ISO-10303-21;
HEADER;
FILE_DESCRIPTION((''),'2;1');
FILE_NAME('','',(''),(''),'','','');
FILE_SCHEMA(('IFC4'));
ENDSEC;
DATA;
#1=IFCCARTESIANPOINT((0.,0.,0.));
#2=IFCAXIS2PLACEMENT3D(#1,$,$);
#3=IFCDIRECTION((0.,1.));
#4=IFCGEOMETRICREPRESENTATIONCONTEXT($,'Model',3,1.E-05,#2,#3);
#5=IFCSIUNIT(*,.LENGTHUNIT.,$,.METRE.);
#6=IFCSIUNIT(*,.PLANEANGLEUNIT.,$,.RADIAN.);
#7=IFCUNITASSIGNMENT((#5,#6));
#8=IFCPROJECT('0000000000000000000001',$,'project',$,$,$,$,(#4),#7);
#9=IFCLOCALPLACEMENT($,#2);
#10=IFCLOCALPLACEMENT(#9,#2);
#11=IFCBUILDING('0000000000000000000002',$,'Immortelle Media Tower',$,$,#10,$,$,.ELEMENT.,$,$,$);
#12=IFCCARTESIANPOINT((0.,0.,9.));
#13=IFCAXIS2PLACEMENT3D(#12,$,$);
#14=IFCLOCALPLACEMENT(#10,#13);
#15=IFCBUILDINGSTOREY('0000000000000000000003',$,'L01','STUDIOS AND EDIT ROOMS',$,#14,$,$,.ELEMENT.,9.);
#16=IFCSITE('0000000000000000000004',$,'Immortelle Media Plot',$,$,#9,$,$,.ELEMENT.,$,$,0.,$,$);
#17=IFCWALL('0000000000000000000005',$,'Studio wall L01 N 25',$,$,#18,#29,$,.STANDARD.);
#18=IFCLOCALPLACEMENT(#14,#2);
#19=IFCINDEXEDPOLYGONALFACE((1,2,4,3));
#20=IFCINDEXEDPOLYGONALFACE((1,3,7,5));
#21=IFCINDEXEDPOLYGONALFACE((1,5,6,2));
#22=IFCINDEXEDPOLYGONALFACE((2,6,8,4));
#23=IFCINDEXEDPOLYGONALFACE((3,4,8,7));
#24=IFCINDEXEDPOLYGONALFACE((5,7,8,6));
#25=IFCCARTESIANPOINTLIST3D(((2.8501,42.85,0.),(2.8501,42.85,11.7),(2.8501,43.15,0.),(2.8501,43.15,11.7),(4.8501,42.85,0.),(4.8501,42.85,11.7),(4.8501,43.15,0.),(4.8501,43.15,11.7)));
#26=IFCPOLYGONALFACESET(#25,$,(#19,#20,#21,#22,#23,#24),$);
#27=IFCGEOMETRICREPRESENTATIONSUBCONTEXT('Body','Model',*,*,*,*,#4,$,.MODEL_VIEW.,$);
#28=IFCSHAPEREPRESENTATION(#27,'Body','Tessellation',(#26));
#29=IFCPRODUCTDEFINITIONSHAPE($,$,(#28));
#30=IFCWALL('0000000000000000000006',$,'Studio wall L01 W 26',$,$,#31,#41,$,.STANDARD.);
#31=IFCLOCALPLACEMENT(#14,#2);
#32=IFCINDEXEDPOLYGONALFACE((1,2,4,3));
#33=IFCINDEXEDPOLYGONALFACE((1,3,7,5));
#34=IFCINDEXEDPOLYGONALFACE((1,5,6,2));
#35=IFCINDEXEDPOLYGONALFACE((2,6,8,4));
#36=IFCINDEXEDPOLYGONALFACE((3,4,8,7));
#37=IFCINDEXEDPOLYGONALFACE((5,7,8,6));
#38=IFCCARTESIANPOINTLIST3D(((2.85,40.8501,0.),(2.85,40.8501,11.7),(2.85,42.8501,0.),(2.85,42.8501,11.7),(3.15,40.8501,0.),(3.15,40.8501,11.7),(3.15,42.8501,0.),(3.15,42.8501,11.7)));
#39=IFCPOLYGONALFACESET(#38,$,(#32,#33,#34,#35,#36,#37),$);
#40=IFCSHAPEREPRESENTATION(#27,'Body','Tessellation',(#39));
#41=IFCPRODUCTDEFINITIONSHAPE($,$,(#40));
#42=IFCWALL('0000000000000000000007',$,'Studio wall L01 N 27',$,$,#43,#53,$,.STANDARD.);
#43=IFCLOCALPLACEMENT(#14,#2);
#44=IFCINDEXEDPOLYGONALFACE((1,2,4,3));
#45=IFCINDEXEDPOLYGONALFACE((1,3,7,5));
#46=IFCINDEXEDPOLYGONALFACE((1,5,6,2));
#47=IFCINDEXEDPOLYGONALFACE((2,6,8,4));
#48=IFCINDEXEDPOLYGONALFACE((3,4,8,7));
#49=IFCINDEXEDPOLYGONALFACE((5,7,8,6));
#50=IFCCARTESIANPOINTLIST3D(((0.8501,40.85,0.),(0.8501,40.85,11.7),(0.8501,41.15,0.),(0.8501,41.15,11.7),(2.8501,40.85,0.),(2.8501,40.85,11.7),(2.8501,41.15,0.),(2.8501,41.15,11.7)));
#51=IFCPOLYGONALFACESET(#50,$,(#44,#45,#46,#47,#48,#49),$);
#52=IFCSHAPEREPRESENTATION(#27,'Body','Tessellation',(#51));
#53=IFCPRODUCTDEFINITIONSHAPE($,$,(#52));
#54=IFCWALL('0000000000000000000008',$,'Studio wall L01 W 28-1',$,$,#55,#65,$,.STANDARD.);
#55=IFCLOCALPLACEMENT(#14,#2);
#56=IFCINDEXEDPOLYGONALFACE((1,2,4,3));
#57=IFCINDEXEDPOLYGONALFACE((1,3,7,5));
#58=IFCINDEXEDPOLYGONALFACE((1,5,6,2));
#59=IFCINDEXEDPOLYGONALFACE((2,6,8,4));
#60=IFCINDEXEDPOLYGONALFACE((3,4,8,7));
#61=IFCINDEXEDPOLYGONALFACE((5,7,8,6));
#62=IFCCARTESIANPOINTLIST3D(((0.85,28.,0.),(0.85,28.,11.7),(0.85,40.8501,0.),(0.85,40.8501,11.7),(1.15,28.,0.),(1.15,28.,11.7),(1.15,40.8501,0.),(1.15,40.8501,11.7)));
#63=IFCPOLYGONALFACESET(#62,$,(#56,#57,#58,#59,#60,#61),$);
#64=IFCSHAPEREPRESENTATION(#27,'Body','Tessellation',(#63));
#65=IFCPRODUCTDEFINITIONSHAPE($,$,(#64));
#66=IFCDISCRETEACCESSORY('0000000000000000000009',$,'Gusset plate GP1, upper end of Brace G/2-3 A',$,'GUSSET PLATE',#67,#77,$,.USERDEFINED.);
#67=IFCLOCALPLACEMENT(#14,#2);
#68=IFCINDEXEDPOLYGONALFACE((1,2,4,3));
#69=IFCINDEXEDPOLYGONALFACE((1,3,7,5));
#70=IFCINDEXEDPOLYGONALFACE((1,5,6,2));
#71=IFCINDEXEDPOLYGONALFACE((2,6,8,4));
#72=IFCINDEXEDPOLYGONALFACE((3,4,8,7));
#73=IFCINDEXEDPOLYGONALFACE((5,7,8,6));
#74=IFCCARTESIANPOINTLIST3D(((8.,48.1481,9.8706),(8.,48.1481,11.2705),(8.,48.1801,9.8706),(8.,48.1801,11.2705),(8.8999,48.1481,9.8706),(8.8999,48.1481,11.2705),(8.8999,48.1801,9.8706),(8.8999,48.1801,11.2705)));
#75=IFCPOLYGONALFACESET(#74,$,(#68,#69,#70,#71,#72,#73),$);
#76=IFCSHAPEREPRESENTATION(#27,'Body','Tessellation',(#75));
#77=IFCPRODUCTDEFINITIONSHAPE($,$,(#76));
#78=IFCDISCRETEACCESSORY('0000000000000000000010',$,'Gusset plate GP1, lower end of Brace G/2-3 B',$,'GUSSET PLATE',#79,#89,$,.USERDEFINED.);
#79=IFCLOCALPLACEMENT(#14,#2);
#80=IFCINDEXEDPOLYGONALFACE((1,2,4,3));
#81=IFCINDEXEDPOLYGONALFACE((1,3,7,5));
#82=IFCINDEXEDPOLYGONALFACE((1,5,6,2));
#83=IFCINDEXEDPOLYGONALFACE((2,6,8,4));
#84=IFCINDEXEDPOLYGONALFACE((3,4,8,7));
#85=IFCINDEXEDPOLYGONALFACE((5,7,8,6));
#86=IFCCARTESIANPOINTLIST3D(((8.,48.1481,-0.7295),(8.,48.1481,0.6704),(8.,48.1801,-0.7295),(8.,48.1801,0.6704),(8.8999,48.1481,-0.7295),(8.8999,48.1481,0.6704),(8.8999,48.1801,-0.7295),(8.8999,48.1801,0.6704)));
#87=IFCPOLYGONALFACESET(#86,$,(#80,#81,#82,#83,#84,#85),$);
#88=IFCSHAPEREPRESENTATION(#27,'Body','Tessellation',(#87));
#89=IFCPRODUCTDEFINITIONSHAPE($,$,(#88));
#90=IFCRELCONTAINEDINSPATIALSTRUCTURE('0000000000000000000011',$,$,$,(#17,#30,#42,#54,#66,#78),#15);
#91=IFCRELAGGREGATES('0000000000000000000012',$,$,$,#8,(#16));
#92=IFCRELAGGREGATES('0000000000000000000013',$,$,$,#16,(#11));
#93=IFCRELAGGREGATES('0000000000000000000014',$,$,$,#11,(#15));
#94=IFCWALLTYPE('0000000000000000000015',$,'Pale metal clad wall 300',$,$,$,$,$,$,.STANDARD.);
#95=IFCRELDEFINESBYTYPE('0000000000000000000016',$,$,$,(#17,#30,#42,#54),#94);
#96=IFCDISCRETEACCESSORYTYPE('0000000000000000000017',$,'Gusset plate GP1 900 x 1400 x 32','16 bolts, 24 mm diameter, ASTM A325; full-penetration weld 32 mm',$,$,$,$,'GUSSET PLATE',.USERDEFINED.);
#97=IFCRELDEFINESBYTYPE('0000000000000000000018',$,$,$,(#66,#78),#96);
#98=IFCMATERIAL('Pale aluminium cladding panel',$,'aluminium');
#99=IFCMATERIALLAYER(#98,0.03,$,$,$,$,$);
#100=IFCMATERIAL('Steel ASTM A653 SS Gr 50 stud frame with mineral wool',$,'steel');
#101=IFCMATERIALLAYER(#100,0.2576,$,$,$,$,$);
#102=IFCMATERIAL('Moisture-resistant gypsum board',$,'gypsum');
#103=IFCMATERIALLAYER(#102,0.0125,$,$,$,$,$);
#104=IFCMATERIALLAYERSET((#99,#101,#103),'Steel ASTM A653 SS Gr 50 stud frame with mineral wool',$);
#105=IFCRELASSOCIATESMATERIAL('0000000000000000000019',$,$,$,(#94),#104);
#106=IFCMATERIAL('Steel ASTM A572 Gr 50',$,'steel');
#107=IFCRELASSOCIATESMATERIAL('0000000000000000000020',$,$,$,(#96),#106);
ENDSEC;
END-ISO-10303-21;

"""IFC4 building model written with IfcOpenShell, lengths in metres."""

from ifc_helpers import new_model, si_unit, direction, frame, frame_2d, origin, origin_2d, place, context, subcontext, project, spatial, rectangle, extrude, material, layer, layer_set, material_profile, profile_set, type_object, element, save


model = new_model("IFC4")

# Units and contexts
model_context = context("Model", 3, precision=1e-05, world=origin(), true_north=direction((0.0, 1.0)))
body_context = subcontext(model_context, "Body", "Model", "MODEL_VIEW")
ifc_project = project(units=[si_unit("LENGTHUNIT", "METRE"), si_unit("PLANEANGLEUNIT", "RADIAN")], contexts=[model_context])

# Site, building, storey
site_placement = place(None, origin())
site = spatial("IfcSite", under=ifc_project, at=site_placement, Name="Immortelle Media Plot", CompositionType="ELEMENT", RefElevation=0.0)
building_placement = place(site_placement, origin())
building = spatial("IfcBuilding", under=site, at=building_placement, Name="Immortelle Media Tower", CompositionType="ELEMENT")
storey_placement = place(building_placement, frame((0.0, 0.0, 9.0)))
storey = spatial("IfcBuildingStorey", under=building, at=storey_placement, Name="L01", Description="STUDIOS AND EDIT ROOMS", CompositionType="ELEMENT", Elevation=9.0)

# Walls
ifc_material_1 = material(Name="Pale aluminium cladding panel", Category="aluminium")
ifc_layer_1 = layer(ifc_material_1, 0.03)
ifc_material_2 = material(Name="Steel ASTM A653 SS Gr 50 stud frame with mineral wool", Category="steel")
ifc_layer_2 = layer(ifc_material_2, 0.2576)
ifc_material_3 = material(Name="Moisture-resistant gypsum board", Category="gypsum")
ifc_layer_3 = layer(ifc_material_3, 0.0125)
ifc_layer_set = layer_set([ifc_layer_1, ifc_layer_2, ifc_layer_3], Name="Steel ASTM A653 SS Gr 50 stud frame with mineral wool")
wall_type = type_object("IfcWallType", Name="Pale metal clad wall 300", PredefinedType="STANDARD", material=ifc_layer_set)
for number, where, z_axis, x_axis, name in (
    (1, (4.8501, 43.0, 0.0), (0.0, 0.0, 1.0), (-1.0, 0.0, 0.0), "Studio wall L01 N 25"),
    (2, (3.0, 42.8501, 0.0), (0.0, 0.0, 1.0), (0.0, -1.0, 0.0), "Studio wall L01 W 26"),
    (3, (2.8501, 41.0, 0.0), (0.0, 0.0, 1.0), (-1.0, 0.0, 0.0), "Studio wall L01 N 27"),
):
    element("IfcWall", number, at=place(storey_placement, frame(where, z_axis=z_axis, x_axis=x_axis)), inside=storey, type_object=wall_type, Name=name, PredefinedType="STANDARD", context=body_context, shape_type="SweptSolid", body=[
        extrude(rectangle(XDim=2.0, YDim=0.3, at=frame_2d((1.0, 0.0))), origin(), (0.0, 0.0, 1.0), 11.7),
    ])
wall_placement = place(storey_placement, frame((1.0, 40.8501, 0.0), z_axis=(0.0, 0.0, 1.0), x_axis=(0.0, -1.0, 0.0)))
element("IfcWall", 4, at=wall_placement, inside=storey, type_object=wall_type, Name="Studio wall L01 W 28-1", PredefinedType="STANDARD", context=body_context, shape_type="SweptSolid", body=[
    extrude(rectangle(XDim=12.8501, YDim=0.3, at=frame_2d((6.425, 0.0))), origin(), (0.0, 0.0, 1.0), 11.7),
])

# Discrete accessories
ifc_material_4 = material(Name="Steel ASTM A572 Gr 50", Category="steel")
ifc_material_profile_1 = material_profile(ifc_material_4, rectangle(XDim=0.032, YDim=1.3999, at=origin_2d()), Name="PL 32 x 1400")
ifc_profile_set_1 = profile_set([ifc_material_profile_1], Name="Steel ASTM A572 Gr 50")
discrete_accessory_type = type_object("IfcDiscreteAccessoryType", Name="Gusset plate GP1 900 x 1400 x 32", Description="16 bolts, 24 mm diameter, ASTM A325; full-penetration weld 32 mm", ElementType="GUSSET PLATE", PredefinedType="USERDEFINED", material=ifc_profile_set_1)
for number, where, z_axis, x_axis, name in (
    (5, (8.0, 48.1641, 10.5706), (1.0, 0.0, 0.0), (0.0, 1.0, 0.0), "Gusset plate GP1, upper end of Brace G/2-3 A"),
    (6, (8.0, 48.1641, -0.0295), (1.0, 0.0, 0.0), (0.0, 1.0, 0.0), "Gusset plate GP1, lower end of Brace G/2-3 B"),
):
    element("IfcDiscreteAccessory", number, at=place(storey_placement, frame(where, z_axis=z_axis, x_axis=x_axis)), inside=storey, type_object=discrete_accessory_type, Name=name, ObjectType="GUSSET PLATE", PredefinedType="USERDEFINED", context=body_context, shape_type="SweptSolid", body=[
        extrude(rectangle(XDim=0.032, YDim=1.3999, at=origin_2d()), origin(), (0.0, 0.0, 1.0), 0.8999),
    ])

save(model, "model.ifc")
